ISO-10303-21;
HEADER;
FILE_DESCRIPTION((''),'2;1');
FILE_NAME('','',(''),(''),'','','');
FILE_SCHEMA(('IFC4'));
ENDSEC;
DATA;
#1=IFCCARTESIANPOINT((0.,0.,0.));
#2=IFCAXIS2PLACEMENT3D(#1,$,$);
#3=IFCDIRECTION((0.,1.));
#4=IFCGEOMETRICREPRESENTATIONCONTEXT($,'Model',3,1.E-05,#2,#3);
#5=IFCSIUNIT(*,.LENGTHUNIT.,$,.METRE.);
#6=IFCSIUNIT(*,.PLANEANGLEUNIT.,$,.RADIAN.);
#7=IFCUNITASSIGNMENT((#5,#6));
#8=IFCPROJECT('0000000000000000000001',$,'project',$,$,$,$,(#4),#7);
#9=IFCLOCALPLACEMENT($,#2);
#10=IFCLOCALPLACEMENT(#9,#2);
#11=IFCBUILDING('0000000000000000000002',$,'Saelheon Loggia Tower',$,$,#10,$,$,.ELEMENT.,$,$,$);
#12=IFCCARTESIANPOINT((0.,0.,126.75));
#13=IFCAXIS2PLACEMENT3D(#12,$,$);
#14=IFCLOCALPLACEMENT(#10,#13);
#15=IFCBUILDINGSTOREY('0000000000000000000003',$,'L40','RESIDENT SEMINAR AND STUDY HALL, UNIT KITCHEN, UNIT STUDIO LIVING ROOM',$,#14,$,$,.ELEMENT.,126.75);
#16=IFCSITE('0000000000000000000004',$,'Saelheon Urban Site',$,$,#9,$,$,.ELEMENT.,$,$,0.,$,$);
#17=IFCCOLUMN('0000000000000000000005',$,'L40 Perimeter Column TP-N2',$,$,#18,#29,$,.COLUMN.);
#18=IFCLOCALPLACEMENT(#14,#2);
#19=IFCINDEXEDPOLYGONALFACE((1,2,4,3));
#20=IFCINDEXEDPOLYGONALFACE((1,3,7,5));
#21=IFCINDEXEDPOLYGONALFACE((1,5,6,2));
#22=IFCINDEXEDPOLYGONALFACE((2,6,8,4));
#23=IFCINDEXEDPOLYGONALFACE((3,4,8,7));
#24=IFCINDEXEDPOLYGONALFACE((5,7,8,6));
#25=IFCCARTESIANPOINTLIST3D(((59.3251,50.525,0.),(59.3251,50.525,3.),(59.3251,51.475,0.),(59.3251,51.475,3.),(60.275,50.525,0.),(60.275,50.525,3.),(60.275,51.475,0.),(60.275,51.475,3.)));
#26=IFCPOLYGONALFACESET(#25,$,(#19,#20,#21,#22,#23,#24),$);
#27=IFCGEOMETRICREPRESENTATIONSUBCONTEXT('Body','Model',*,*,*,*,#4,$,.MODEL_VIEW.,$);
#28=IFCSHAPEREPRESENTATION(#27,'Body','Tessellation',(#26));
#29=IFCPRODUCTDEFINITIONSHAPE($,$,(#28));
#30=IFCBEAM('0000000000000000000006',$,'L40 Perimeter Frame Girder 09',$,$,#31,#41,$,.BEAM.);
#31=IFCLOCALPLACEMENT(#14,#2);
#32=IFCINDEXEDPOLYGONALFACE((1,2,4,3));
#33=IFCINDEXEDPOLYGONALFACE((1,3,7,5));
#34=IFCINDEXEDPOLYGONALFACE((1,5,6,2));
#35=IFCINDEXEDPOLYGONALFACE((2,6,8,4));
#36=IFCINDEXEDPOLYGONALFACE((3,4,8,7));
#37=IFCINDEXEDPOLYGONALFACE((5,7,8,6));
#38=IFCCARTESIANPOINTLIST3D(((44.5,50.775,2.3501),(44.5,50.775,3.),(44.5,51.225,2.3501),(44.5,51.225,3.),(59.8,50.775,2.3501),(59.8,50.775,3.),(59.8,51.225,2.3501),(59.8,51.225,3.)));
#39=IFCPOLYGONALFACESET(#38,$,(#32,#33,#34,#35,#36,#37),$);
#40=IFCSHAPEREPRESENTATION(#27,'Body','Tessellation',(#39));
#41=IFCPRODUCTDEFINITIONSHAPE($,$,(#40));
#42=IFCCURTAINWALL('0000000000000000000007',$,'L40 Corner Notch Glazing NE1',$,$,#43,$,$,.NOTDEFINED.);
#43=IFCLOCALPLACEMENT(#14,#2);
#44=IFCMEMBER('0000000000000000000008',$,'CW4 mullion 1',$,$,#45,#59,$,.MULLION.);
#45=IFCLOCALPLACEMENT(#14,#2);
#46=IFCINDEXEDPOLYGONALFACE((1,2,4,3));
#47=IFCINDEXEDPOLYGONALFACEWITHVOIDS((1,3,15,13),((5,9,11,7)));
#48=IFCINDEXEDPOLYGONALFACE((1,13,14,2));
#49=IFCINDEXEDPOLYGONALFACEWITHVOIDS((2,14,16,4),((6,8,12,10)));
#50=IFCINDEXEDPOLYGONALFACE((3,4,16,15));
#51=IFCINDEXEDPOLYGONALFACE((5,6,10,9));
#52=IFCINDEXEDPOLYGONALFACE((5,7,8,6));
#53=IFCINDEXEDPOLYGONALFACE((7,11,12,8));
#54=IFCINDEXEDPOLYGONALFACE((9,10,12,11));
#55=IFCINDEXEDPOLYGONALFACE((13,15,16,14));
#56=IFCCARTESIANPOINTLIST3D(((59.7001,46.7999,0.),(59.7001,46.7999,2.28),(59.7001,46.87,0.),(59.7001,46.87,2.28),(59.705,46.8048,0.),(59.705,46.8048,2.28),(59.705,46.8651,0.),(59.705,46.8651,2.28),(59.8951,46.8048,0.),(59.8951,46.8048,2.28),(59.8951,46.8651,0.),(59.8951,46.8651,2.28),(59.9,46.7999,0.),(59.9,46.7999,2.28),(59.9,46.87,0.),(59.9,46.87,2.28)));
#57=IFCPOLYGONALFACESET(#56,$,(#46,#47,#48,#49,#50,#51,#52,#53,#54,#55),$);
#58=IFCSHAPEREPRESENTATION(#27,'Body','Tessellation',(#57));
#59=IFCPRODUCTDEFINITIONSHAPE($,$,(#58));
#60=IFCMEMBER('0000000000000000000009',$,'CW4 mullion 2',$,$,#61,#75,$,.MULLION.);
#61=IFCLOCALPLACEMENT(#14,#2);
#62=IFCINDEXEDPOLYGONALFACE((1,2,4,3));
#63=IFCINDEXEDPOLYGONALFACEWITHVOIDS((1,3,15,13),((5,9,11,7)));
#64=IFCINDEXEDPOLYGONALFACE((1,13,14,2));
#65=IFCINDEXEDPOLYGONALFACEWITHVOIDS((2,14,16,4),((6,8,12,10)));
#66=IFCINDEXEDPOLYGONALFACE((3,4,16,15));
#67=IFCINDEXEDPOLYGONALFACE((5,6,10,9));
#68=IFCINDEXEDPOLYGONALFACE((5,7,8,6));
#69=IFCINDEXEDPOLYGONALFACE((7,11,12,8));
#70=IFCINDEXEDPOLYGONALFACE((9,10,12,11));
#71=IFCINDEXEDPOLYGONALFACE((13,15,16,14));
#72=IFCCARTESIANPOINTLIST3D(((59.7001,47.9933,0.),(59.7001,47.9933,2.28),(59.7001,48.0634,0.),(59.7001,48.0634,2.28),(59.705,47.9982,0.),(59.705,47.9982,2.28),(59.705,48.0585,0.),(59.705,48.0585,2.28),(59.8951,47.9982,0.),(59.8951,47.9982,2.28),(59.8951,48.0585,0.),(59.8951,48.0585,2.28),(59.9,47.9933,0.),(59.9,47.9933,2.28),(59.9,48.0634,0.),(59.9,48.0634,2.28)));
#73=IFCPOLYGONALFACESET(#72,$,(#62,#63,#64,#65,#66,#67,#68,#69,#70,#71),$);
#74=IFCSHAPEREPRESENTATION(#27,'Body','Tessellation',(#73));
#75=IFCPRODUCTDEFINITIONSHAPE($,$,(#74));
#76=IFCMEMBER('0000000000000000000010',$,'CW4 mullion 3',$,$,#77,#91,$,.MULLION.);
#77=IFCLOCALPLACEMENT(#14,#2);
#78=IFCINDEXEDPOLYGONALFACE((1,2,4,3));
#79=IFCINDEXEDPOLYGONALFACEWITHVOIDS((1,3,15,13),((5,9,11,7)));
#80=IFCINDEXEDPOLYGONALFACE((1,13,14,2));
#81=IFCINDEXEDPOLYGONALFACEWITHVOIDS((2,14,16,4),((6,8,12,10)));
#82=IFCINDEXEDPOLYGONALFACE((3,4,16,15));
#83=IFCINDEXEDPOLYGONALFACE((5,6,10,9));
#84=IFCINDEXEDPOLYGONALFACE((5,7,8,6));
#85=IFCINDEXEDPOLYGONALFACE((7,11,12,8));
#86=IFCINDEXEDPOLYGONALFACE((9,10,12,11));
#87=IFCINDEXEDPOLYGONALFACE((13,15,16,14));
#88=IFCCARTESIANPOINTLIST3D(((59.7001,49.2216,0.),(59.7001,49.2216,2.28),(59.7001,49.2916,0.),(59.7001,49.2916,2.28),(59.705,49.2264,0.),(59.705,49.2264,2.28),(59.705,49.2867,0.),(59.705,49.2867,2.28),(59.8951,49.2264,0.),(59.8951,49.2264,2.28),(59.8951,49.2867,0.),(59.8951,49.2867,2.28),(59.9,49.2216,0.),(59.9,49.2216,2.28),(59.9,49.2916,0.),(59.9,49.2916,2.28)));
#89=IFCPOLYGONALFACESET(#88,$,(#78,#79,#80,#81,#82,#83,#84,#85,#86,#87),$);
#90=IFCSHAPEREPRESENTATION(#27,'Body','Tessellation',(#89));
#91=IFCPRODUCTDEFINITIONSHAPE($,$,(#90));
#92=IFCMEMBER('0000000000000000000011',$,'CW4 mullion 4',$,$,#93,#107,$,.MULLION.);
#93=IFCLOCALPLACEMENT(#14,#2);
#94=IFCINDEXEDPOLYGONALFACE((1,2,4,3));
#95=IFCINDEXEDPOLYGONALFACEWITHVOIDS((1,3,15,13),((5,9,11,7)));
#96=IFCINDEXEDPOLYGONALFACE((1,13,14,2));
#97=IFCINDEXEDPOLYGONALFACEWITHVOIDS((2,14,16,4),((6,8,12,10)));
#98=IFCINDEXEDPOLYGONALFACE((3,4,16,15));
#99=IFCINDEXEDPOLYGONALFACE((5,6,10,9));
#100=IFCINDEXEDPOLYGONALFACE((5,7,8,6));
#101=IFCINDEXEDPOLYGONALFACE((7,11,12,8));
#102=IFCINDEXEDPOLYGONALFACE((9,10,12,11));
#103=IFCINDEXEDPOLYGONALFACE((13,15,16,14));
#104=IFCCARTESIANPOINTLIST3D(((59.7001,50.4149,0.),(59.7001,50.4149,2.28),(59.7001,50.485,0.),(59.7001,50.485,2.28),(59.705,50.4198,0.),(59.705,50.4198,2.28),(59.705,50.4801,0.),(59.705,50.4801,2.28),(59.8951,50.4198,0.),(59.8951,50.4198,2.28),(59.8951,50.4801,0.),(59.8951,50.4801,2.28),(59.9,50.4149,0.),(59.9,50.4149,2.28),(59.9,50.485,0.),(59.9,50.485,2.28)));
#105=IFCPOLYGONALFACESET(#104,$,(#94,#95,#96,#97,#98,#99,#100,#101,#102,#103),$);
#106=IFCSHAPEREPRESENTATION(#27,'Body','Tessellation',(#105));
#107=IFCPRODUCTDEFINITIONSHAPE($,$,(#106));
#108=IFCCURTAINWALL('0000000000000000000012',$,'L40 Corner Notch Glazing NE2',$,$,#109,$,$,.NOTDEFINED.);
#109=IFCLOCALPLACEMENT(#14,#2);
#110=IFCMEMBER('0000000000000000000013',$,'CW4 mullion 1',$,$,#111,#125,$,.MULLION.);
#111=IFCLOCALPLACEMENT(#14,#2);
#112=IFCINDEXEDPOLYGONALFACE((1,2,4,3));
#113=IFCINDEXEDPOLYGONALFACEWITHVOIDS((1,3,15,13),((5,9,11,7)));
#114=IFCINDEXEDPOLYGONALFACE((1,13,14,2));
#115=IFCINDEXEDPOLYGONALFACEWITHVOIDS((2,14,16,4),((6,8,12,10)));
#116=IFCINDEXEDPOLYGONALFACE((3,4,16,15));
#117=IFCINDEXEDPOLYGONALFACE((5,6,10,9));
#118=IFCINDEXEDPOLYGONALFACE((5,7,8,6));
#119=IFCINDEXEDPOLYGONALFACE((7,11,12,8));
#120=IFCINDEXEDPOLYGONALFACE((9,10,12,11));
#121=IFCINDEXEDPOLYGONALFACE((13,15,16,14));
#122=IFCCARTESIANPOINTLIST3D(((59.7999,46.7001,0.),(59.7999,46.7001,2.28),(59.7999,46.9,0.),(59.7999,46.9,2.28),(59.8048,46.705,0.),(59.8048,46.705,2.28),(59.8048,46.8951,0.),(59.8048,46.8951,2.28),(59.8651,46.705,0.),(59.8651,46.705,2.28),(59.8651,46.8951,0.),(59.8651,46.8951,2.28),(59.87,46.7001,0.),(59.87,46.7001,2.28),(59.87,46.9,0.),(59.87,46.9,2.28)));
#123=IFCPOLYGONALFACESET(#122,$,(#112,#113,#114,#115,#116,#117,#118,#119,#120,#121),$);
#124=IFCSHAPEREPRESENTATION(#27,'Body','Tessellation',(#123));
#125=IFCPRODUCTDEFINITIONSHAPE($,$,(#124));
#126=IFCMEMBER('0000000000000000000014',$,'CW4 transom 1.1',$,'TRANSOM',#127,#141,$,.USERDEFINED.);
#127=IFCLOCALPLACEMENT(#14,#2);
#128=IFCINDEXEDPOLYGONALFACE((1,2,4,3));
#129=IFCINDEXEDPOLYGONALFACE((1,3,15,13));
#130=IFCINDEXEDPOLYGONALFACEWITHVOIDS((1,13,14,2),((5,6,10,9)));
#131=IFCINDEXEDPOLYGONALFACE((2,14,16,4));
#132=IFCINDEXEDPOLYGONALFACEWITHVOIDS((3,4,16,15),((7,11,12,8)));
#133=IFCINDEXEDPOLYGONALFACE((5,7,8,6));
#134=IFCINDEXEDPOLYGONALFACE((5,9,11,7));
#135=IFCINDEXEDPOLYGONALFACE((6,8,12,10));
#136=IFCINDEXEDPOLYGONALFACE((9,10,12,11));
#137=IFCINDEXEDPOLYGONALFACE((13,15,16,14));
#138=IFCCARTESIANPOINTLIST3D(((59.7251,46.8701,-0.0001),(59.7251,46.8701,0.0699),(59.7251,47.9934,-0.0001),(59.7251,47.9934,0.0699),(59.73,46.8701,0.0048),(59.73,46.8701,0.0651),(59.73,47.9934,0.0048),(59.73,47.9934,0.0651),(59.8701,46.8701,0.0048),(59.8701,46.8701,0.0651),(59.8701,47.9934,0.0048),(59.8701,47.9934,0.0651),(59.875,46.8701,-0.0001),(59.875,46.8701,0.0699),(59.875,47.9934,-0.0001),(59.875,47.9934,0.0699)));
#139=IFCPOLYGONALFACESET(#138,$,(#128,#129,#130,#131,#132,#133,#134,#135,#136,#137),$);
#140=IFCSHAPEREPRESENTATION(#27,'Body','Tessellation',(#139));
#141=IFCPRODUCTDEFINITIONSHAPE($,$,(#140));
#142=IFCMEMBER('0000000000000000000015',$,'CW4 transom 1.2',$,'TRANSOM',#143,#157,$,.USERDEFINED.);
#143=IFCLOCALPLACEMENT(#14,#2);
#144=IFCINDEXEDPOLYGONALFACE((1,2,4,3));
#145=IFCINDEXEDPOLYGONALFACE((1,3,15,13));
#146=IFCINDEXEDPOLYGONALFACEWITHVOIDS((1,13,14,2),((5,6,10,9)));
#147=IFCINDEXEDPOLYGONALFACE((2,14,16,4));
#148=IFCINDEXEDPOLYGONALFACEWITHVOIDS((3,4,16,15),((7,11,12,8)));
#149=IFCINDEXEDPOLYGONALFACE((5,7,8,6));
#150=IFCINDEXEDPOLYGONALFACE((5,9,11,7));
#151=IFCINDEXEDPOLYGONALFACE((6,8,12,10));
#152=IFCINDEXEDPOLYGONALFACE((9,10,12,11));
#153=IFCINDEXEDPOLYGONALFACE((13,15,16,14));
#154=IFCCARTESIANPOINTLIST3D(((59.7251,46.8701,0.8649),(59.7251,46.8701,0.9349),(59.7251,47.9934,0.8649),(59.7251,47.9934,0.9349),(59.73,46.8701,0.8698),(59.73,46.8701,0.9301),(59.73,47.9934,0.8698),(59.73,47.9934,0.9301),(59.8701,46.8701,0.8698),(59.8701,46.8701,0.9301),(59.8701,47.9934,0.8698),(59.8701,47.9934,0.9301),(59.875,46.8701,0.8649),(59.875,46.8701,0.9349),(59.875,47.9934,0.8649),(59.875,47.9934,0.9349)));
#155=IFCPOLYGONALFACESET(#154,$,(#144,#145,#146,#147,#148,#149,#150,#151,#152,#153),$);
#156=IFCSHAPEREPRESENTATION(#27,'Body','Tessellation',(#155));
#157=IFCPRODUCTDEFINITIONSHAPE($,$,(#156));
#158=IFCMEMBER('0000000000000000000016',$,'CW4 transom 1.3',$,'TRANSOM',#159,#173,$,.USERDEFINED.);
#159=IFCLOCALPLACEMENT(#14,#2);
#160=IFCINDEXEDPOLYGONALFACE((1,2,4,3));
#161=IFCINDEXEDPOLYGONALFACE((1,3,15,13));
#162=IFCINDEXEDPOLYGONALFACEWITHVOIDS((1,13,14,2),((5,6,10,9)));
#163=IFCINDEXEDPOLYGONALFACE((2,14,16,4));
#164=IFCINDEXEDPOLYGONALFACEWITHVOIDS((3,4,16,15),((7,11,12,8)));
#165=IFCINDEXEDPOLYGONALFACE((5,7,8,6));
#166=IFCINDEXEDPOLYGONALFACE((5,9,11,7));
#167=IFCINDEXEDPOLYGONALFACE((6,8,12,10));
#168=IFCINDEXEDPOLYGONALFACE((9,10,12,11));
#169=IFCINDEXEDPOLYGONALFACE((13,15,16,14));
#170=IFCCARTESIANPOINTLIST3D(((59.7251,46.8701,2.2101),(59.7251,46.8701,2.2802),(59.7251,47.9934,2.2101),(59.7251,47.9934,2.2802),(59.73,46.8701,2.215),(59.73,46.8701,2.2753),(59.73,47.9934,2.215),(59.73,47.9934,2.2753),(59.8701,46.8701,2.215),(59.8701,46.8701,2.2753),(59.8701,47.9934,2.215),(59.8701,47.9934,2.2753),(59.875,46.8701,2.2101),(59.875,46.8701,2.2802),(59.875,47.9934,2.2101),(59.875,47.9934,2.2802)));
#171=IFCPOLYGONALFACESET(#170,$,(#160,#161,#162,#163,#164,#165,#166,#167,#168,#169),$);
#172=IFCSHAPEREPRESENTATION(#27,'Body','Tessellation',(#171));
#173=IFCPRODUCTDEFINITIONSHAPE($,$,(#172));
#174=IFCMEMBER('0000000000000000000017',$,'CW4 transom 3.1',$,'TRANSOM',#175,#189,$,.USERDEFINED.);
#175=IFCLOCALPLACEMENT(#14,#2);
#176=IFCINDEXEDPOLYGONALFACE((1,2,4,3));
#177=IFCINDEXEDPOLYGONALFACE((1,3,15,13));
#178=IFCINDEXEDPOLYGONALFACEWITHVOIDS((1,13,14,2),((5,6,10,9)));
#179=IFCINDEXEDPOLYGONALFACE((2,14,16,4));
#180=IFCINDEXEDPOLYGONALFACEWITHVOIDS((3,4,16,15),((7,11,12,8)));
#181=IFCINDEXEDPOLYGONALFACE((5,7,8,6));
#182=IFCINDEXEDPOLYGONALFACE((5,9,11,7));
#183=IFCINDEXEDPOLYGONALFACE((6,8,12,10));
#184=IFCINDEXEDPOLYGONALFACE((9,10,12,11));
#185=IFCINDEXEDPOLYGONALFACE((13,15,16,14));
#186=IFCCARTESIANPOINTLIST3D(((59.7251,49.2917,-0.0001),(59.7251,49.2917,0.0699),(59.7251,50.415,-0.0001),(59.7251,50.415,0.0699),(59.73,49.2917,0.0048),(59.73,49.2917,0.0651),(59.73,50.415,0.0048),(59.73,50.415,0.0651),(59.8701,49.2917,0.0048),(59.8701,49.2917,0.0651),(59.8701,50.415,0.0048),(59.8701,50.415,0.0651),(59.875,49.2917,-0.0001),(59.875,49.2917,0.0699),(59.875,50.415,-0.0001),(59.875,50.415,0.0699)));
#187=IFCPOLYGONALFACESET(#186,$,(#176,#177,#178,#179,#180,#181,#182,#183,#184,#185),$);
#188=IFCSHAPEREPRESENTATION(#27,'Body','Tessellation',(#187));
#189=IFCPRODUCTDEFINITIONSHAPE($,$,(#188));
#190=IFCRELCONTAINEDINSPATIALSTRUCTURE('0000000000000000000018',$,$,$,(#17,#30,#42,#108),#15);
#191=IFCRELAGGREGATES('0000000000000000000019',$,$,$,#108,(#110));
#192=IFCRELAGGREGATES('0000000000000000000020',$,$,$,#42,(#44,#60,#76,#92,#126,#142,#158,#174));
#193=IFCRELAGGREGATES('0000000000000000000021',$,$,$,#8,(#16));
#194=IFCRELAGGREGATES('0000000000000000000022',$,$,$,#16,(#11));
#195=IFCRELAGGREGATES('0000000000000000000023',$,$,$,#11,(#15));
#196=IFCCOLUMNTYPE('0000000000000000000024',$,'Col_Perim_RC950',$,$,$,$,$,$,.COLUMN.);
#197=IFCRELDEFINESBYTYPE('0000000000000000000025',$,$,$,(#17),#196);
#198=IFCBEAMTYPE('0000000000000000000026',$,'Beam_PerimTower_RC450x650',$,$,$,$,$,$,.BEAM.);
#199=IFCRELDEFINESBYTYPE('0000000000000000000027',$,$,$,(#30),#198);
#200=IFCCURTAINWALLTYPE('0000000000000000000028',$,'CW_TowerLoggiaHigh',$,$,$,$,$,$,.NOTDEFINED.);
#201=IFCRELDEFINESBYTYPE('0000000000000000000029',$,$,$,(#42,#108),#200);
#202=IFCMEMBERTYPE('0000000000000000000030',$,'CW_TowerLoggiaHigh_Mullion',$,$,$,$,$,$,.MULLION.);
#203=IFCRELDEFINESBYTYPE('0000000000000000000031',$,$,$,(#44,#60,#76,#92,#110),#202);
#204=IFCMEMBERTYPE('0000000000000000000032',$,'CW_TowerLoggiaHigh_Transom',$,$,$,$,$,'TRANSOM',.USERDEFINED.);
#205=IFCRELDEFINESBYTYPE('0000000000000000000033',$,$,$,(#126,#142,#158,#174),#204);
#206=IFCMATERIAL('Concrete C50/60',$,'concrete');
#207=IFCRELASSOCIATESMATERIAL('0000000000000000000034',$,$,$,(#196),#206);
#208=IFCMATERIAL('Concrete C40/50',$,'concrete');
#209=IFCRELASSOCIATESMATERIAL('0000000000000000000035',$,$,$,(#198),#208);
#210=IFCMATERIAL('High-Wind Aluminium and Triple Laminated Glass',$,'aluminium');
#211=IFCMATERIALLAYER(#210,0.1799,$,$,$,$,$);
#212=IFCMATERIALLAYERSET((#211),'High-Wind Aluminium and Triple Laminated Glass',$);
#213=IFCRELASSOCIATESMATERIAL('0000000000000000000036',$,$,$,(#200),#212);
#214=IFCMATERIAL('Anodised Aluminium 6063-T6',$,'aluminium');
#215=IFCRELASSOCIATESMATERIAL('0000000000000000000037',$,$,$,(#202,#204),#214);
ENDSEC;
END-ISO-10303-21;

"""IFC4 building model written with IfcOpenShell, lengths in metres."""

from ifc_helpers import new_model, si_unit, direction, frame, origin, origin_2d, place, context, subcontext, project, spatial, rectangle, hollow_rectangle, extrude, source, transform, mapped, material, layer, layer_set, material_profile, profile_set, type_object, element, aggregate, save


model = new_model("IFC4")

# Units and contexts
model_context = context("Model", 3, precision=1e-05, world=origin(), true_north=direction((0.0, 1.0)))
body_context = subcontext(model_context, "Body", "Model", "MODEL_VIEW")
ifc_project = project(units=[si_unit("LENGTHUNIT", "METRE"), si_unit("PLANEANGLEUNIT", "RADIAN")], contexts=[model_context])

# Site, building, storey
site_placement = place(None, origin())
site = spatial("IfcSite", under=ifc_project, at=site_placement, Name="Saelheon Urban Site", CompositionType="ELEMENT", RefElevation=0.0)
building_placement = place(site_placement, origin())
building = spatial("IfcBuilding", under=site, at=building_placement, Name="Saelheon Loggia Tower", CompositionType="ELEMENT")
storey_placement = place(building_placement, frame((0.0, 0.0, 126.75)))
storey = spatial("IfcBuildingStorey", under=building, at=storey_placement, Name="L40", Description="RESIDENT SEMINAR AND STUDY HALL, UNIT KITCHEN, UNIT STUDIO LIVING ROOM", CompositionType="ELEMENT", Elevation=126.75)

# Column
ifc_material_1 = material(Name="Concrete C50/60", Category="concrete")
ifc_material_profile_1 = material_profile(ifc_material_1, rectangle(XDim=0.95, YDim=0.95, at=origin_2d()), Name="RC-950x950")
ifc_profile_set_1 = profile_set([ifc_material_profile_1], Name="Concrete C50/60")
column_type = type_object("IfcColumnType", Name="Col_Perim_RC950", PredefinedType="COLUMN", material=ifc_profile_set_1)
shared_shape_1 = source(origin(), body_context, "Body", "SweptSolid", [
    extrude(rectangle(XDim=0.95, YDim=0.95, at=origin_2d()), origin(), (0.0, 0.0, 1.0), 3.0),
])
column_placement = place(storey_placement, frame((59.8, 51.0, 0.0), z_axis=(0.0, 0.0, 1.0), x_axis=(1.0, 0.0, 0.0)))
element("IfcColumn", 1, at=column_placement, inside=storey, type_object=column_type, Name="L40 Perimeter Column TP-N2", PredefinedType="COLUMN", context=body_context, shape_type="MappedRepresentation", body=[
    mapped(shared_shape_1, transform((0.0, 0.0, 0.0), scale=1.0)),
])

# Beam
ifc_material_2 = material(Name="Concrete C40/50", Category="concrete")
ifc_material_profile_2 = material_profile(ifc_material_2, rectangle(XDim=0.45, YDim=0.6499, at=origin_2d()), Name="RC-450x650")
ifc_profile_set_2 = profile_set([ifc_material_profile_2], Name="Concrete C40/50")
beam_type = type_object("IfcBeamType", Name="Beam_PerimTower_RC450x650", PredefinedType="BEAM", material=ifc_profile_set_2)
shared_shape_2 = source(origin(), body_context, "Body", "SweptSolid", [
    extrude(rectangle(XDim=0.45, YDim=0.6499, at=origin_2d()), origin(), (0.0, 0.0, 1.0), 15.3),
])
beam_placement = place(storey_placement, frame((59.8, 51.0, 2.675), z_axis=(-1.0, 0.0, 0.0), x_axis=(0.0, -1.0, 0.0)))
element("IfcBeam", 2, at=beam_placement, inside=storey, type_object=beam_type, Name="L40 Perimeter Frame Girder 09", PredefinedType="BEAM", context=body_context, shape_type="MappedRepresentation", body=[
    mapped(shared_shape_2, transform((0.0, 0.0, 0.0), scale=1.0)),
])

# Curtain wall, members
ifc_material_3 = material(Name="High-Wind Aluminium and Triple Laminated Glass", Category="aluminium")
ifc_layer_1 = layer(ifc_material_3, 0.1799)
ifc_layer_set_1 = layer_set([ifc_layer_1], Name="High-Wind Aluminium and Triple Laminated Glass")
curtain_wall_type = type_object("IfcCurtainWallType", Name="CW_TowerLoggiaHigh", PredefinedType="NOTDEFINED", material=ifc_layer_set_1)
curtain_wall_1_placement = place(storey_placement, origin())
curtain_wall_1 = element("IfcCurtainWall", 3, at=curtain_wall_1_placement, inside=storey, type_object=curtain_wall_type, Name="L40 Corner Notch Glazing NE1", PredefinedType="NOTDEFINED")
ifc_material_4 = material(Name="Anodised Aluminium 6063-T6", Category="aluminium")
ifc_material_profile_3 = material_profile(ifc_material_4, hollow_rectangle(XDim=0.0701, YDim=0.2, WallThickness=0.0049, at=origin_2d()), Name="RHS-200x70x5")
ifc_profile_set_3 = profile_set([ifc_material_profile_3], Name="Anodised Aluminium 6063-T6")
member_type_1 = type_object("IfcMemberType", Name="CW_TowerLoggiaHigh_Mullion", PredefinedType="MULLION", material=ifc_profile_set_3)
shared_shape_3 = source(origin(), body_context, "Body", "SweptSolid", [
    extrude(hollow_rectangle(XDim=0.0701, YDim=0.2, WallThickness=0.0049, at=origin_2d()), origin(), (0.0, 0.0, 1.0), 2.28),
])
member_1_placement = place(storey_placement, frame((59.8, 46.835, 0.0), z_axis=(0.0, 0.0, 1.0), x_axis=(0.0, 1.0, 0.0)))
member_1 = element("IfcMember", 4, at=member_1_placement, type_object=member_type_1, Name="CW4 mullion 1", PredefinedType="MULLION", context=body_context, shape_type="MappedRepresentation", body=[
    mapped(shared_shape_3, transform((0.0, 0.0, 0.0), scale=1.0)),
])
member_2_placement = place(storey_placement, frame((59.8, 48.0283, 0.0), z_axis=(0.0, 0.0, 1.0), x_axis=(0.0, 1.0, 0.0)))
member_2 = element("IfcMember", 5, at=member_2_placement, type_object=member_type_1, Name="CW4 mullion 2", PredefinedType="MULLION", context=body_context, shape_type="MappedRepresentation", body=[
    mapped(shared_shape_3, transform((0.0, 0.0, 0.0), scale=1.0)),
])
member_3_placement = place(storey_placement, frame((59.8, 49.2566, 0.0), z_axis=(0.0, 0.0, 1.0), x_axis=(0.0, 1.0, 0.0)))
member_3 = element("IfcMember", 6, at=member_3_placement, type_object=member_type_1, Name="CW4 mullion 3", PredefinedType="MULLION", context=body_context, shape_type="MappedRepresentation", body=[
    mapped(shared_shape_3, transform((0.0, 0.0, 0.0), scale=1.0)),
])
member_4_placement = place(storey_placement, frame((59.8, 50.45, 0.0), z_axis=(0.0, 0.0, 1.0), x_axis=(0.0, 1.0, 0.0)))
member_4 = element("IfcMember", 7, at=member_4_placement, type_object=member_type_1, Name="CW4 mullion 4", PredefinedType="MULLION", context=body_context, shape_type="MappedRepresentation", body=[
    mapped(shared_shape_3, transform((0.0, 0.0, 0.0), scale=1.0)),
])

# Curtain wall, member
curtain_wall_2_placement = place(storey_placement, origin())
curtain_wall_2 = element("IfcCurtainWall", 8, at=curtain_wall_2_placement, inside=storey, type_object=curtain_wall_type, Name="L40 Corner Notch Glazing NE2", PredefinedType="NOTDEFINED")
member_5_placement = place(storey_placement, frame((59.835, 46.8, 0.0), z_axis=(0.0, 0.0, 1.0), x_axis=(1.0, 0.0, 0.0)))
member_5 = element("IfcMember", 9, at=member_5_placement, type_object=member_type_1, Name="CW4 mullion 1", PredefinedType="MULLION", context=body_context, shape_type="MappedRepresentation", body=[
    mapped(shared_shape_3, transform((0.0, 0.0, 0.0), scale=1.0)),
])
aggregate(curtain_wall_2, [member_5])

# Members
ifc_material_profile_4 = material_profile(ifc_material_4, hollow_rectangle(XDim=0.0701, YDim=0.1499, WallThickness=0.0049, at=origin_2d()), Name="RHS-150x70x5")
ifc_profile_set_4 = profile_set([ifc_material_profile_4], Name="Anodised Aluminium 6063-T6")
member_type_2 = type_object("IfcMemberType", Name="CW_TowerLoggiaHigh_Transom", ElementType="TRANSOM", PredefinedType="USERDEFINED", material=ifc_profile_set_4)
shared_shape_4 = source(origin(), body_context, "Body", "SweptSolid", [
    extrude(hollow_rectangle(XDim=0.0701, YDim=0.1499, WallThickness=0.0049, at=origin_2d()), origin(), (0.0, 0.0, 1.0), 1.1233),
])
member_6_placement = place(storey_placement, frame((59.8, 46.8701, 0.0349), z_axis=(0.0, 1.0, 0.0), x_axis=(0.0, 0.0, 1.0)))
member_6 = element("IfcMember", 10, at=member_6_placement, type_object=member_type_2, Name="CW4 transom 1.1", ObjectType="TRANSOM", PredefinedType="USERDEFINED", context=body_context, shape_type="MappedRepresentation", body=[
    mapped(shared_shape_4, transform((0.0, 0.0, 0.0), scale=1.0)),
])
member_7_placement = place(storey_placement, frame((59.8, 46.8701, 0.8999), z_axis=(0.0, 1.0, 0.0), x_axis=(0.0, 0.0, 1.0)))
member_7 = element("IfcMember", 11, at=member_7_placement, type_object=member_type_2, Name="CW4 transom 1.2", ObjectType="TRANSOM", PredefinedType="USERDEFINED", context=body_context, shape_type="MappedRepresentation", body=[
    mapped(shared_shape_4, transform((0.0, 0.0, 0.0), scale=1.0)),
])
member_8_placement = place(storey_placement, frame((59.8, 46.8701, 2.2451), z_axis=(0.0, 1.0, 0.0), x_axis=(0.0, 0.0, 1.0)))
member_8 = element("IfcMember", 12, at=member_8_placement, type_object=member_type_2, Name="CW4 transom 1.3", ObjectType="TRANSOM", PredefinedType="USERDEFINED", context=body_context, shape_type="MappedRepresentation", body=[
    mapped(shared_shape_4, transform((0.0, 0.0, 0.0), scale=1.0)),
])
member_9_placement = place(storey_placement, frame((59.8, 49.2917, 0.0349), z_axis=(0.0, 1.0, 0.0), x_axis=(0.0, 0.0, 1.0)))
member_9 = element("IfcMember", 13, at=member_9_placement, type_object=member_type_2, Name="CW4 transom 3.1", ObjectType="TRANSOM", PredefinedType="USERDEFINED", context=body_context, shape_type="MappedRepresentation", body=[
    mapped(shared_shape_4, transform((0.0, 0.0, 0.0), scale=1.0)),
])

aggregate(curtain_wall_1, [member_1, member_2, member_3, member_4, member_6, member_7, member_8, member_9])

save(model, "model.ifc")
